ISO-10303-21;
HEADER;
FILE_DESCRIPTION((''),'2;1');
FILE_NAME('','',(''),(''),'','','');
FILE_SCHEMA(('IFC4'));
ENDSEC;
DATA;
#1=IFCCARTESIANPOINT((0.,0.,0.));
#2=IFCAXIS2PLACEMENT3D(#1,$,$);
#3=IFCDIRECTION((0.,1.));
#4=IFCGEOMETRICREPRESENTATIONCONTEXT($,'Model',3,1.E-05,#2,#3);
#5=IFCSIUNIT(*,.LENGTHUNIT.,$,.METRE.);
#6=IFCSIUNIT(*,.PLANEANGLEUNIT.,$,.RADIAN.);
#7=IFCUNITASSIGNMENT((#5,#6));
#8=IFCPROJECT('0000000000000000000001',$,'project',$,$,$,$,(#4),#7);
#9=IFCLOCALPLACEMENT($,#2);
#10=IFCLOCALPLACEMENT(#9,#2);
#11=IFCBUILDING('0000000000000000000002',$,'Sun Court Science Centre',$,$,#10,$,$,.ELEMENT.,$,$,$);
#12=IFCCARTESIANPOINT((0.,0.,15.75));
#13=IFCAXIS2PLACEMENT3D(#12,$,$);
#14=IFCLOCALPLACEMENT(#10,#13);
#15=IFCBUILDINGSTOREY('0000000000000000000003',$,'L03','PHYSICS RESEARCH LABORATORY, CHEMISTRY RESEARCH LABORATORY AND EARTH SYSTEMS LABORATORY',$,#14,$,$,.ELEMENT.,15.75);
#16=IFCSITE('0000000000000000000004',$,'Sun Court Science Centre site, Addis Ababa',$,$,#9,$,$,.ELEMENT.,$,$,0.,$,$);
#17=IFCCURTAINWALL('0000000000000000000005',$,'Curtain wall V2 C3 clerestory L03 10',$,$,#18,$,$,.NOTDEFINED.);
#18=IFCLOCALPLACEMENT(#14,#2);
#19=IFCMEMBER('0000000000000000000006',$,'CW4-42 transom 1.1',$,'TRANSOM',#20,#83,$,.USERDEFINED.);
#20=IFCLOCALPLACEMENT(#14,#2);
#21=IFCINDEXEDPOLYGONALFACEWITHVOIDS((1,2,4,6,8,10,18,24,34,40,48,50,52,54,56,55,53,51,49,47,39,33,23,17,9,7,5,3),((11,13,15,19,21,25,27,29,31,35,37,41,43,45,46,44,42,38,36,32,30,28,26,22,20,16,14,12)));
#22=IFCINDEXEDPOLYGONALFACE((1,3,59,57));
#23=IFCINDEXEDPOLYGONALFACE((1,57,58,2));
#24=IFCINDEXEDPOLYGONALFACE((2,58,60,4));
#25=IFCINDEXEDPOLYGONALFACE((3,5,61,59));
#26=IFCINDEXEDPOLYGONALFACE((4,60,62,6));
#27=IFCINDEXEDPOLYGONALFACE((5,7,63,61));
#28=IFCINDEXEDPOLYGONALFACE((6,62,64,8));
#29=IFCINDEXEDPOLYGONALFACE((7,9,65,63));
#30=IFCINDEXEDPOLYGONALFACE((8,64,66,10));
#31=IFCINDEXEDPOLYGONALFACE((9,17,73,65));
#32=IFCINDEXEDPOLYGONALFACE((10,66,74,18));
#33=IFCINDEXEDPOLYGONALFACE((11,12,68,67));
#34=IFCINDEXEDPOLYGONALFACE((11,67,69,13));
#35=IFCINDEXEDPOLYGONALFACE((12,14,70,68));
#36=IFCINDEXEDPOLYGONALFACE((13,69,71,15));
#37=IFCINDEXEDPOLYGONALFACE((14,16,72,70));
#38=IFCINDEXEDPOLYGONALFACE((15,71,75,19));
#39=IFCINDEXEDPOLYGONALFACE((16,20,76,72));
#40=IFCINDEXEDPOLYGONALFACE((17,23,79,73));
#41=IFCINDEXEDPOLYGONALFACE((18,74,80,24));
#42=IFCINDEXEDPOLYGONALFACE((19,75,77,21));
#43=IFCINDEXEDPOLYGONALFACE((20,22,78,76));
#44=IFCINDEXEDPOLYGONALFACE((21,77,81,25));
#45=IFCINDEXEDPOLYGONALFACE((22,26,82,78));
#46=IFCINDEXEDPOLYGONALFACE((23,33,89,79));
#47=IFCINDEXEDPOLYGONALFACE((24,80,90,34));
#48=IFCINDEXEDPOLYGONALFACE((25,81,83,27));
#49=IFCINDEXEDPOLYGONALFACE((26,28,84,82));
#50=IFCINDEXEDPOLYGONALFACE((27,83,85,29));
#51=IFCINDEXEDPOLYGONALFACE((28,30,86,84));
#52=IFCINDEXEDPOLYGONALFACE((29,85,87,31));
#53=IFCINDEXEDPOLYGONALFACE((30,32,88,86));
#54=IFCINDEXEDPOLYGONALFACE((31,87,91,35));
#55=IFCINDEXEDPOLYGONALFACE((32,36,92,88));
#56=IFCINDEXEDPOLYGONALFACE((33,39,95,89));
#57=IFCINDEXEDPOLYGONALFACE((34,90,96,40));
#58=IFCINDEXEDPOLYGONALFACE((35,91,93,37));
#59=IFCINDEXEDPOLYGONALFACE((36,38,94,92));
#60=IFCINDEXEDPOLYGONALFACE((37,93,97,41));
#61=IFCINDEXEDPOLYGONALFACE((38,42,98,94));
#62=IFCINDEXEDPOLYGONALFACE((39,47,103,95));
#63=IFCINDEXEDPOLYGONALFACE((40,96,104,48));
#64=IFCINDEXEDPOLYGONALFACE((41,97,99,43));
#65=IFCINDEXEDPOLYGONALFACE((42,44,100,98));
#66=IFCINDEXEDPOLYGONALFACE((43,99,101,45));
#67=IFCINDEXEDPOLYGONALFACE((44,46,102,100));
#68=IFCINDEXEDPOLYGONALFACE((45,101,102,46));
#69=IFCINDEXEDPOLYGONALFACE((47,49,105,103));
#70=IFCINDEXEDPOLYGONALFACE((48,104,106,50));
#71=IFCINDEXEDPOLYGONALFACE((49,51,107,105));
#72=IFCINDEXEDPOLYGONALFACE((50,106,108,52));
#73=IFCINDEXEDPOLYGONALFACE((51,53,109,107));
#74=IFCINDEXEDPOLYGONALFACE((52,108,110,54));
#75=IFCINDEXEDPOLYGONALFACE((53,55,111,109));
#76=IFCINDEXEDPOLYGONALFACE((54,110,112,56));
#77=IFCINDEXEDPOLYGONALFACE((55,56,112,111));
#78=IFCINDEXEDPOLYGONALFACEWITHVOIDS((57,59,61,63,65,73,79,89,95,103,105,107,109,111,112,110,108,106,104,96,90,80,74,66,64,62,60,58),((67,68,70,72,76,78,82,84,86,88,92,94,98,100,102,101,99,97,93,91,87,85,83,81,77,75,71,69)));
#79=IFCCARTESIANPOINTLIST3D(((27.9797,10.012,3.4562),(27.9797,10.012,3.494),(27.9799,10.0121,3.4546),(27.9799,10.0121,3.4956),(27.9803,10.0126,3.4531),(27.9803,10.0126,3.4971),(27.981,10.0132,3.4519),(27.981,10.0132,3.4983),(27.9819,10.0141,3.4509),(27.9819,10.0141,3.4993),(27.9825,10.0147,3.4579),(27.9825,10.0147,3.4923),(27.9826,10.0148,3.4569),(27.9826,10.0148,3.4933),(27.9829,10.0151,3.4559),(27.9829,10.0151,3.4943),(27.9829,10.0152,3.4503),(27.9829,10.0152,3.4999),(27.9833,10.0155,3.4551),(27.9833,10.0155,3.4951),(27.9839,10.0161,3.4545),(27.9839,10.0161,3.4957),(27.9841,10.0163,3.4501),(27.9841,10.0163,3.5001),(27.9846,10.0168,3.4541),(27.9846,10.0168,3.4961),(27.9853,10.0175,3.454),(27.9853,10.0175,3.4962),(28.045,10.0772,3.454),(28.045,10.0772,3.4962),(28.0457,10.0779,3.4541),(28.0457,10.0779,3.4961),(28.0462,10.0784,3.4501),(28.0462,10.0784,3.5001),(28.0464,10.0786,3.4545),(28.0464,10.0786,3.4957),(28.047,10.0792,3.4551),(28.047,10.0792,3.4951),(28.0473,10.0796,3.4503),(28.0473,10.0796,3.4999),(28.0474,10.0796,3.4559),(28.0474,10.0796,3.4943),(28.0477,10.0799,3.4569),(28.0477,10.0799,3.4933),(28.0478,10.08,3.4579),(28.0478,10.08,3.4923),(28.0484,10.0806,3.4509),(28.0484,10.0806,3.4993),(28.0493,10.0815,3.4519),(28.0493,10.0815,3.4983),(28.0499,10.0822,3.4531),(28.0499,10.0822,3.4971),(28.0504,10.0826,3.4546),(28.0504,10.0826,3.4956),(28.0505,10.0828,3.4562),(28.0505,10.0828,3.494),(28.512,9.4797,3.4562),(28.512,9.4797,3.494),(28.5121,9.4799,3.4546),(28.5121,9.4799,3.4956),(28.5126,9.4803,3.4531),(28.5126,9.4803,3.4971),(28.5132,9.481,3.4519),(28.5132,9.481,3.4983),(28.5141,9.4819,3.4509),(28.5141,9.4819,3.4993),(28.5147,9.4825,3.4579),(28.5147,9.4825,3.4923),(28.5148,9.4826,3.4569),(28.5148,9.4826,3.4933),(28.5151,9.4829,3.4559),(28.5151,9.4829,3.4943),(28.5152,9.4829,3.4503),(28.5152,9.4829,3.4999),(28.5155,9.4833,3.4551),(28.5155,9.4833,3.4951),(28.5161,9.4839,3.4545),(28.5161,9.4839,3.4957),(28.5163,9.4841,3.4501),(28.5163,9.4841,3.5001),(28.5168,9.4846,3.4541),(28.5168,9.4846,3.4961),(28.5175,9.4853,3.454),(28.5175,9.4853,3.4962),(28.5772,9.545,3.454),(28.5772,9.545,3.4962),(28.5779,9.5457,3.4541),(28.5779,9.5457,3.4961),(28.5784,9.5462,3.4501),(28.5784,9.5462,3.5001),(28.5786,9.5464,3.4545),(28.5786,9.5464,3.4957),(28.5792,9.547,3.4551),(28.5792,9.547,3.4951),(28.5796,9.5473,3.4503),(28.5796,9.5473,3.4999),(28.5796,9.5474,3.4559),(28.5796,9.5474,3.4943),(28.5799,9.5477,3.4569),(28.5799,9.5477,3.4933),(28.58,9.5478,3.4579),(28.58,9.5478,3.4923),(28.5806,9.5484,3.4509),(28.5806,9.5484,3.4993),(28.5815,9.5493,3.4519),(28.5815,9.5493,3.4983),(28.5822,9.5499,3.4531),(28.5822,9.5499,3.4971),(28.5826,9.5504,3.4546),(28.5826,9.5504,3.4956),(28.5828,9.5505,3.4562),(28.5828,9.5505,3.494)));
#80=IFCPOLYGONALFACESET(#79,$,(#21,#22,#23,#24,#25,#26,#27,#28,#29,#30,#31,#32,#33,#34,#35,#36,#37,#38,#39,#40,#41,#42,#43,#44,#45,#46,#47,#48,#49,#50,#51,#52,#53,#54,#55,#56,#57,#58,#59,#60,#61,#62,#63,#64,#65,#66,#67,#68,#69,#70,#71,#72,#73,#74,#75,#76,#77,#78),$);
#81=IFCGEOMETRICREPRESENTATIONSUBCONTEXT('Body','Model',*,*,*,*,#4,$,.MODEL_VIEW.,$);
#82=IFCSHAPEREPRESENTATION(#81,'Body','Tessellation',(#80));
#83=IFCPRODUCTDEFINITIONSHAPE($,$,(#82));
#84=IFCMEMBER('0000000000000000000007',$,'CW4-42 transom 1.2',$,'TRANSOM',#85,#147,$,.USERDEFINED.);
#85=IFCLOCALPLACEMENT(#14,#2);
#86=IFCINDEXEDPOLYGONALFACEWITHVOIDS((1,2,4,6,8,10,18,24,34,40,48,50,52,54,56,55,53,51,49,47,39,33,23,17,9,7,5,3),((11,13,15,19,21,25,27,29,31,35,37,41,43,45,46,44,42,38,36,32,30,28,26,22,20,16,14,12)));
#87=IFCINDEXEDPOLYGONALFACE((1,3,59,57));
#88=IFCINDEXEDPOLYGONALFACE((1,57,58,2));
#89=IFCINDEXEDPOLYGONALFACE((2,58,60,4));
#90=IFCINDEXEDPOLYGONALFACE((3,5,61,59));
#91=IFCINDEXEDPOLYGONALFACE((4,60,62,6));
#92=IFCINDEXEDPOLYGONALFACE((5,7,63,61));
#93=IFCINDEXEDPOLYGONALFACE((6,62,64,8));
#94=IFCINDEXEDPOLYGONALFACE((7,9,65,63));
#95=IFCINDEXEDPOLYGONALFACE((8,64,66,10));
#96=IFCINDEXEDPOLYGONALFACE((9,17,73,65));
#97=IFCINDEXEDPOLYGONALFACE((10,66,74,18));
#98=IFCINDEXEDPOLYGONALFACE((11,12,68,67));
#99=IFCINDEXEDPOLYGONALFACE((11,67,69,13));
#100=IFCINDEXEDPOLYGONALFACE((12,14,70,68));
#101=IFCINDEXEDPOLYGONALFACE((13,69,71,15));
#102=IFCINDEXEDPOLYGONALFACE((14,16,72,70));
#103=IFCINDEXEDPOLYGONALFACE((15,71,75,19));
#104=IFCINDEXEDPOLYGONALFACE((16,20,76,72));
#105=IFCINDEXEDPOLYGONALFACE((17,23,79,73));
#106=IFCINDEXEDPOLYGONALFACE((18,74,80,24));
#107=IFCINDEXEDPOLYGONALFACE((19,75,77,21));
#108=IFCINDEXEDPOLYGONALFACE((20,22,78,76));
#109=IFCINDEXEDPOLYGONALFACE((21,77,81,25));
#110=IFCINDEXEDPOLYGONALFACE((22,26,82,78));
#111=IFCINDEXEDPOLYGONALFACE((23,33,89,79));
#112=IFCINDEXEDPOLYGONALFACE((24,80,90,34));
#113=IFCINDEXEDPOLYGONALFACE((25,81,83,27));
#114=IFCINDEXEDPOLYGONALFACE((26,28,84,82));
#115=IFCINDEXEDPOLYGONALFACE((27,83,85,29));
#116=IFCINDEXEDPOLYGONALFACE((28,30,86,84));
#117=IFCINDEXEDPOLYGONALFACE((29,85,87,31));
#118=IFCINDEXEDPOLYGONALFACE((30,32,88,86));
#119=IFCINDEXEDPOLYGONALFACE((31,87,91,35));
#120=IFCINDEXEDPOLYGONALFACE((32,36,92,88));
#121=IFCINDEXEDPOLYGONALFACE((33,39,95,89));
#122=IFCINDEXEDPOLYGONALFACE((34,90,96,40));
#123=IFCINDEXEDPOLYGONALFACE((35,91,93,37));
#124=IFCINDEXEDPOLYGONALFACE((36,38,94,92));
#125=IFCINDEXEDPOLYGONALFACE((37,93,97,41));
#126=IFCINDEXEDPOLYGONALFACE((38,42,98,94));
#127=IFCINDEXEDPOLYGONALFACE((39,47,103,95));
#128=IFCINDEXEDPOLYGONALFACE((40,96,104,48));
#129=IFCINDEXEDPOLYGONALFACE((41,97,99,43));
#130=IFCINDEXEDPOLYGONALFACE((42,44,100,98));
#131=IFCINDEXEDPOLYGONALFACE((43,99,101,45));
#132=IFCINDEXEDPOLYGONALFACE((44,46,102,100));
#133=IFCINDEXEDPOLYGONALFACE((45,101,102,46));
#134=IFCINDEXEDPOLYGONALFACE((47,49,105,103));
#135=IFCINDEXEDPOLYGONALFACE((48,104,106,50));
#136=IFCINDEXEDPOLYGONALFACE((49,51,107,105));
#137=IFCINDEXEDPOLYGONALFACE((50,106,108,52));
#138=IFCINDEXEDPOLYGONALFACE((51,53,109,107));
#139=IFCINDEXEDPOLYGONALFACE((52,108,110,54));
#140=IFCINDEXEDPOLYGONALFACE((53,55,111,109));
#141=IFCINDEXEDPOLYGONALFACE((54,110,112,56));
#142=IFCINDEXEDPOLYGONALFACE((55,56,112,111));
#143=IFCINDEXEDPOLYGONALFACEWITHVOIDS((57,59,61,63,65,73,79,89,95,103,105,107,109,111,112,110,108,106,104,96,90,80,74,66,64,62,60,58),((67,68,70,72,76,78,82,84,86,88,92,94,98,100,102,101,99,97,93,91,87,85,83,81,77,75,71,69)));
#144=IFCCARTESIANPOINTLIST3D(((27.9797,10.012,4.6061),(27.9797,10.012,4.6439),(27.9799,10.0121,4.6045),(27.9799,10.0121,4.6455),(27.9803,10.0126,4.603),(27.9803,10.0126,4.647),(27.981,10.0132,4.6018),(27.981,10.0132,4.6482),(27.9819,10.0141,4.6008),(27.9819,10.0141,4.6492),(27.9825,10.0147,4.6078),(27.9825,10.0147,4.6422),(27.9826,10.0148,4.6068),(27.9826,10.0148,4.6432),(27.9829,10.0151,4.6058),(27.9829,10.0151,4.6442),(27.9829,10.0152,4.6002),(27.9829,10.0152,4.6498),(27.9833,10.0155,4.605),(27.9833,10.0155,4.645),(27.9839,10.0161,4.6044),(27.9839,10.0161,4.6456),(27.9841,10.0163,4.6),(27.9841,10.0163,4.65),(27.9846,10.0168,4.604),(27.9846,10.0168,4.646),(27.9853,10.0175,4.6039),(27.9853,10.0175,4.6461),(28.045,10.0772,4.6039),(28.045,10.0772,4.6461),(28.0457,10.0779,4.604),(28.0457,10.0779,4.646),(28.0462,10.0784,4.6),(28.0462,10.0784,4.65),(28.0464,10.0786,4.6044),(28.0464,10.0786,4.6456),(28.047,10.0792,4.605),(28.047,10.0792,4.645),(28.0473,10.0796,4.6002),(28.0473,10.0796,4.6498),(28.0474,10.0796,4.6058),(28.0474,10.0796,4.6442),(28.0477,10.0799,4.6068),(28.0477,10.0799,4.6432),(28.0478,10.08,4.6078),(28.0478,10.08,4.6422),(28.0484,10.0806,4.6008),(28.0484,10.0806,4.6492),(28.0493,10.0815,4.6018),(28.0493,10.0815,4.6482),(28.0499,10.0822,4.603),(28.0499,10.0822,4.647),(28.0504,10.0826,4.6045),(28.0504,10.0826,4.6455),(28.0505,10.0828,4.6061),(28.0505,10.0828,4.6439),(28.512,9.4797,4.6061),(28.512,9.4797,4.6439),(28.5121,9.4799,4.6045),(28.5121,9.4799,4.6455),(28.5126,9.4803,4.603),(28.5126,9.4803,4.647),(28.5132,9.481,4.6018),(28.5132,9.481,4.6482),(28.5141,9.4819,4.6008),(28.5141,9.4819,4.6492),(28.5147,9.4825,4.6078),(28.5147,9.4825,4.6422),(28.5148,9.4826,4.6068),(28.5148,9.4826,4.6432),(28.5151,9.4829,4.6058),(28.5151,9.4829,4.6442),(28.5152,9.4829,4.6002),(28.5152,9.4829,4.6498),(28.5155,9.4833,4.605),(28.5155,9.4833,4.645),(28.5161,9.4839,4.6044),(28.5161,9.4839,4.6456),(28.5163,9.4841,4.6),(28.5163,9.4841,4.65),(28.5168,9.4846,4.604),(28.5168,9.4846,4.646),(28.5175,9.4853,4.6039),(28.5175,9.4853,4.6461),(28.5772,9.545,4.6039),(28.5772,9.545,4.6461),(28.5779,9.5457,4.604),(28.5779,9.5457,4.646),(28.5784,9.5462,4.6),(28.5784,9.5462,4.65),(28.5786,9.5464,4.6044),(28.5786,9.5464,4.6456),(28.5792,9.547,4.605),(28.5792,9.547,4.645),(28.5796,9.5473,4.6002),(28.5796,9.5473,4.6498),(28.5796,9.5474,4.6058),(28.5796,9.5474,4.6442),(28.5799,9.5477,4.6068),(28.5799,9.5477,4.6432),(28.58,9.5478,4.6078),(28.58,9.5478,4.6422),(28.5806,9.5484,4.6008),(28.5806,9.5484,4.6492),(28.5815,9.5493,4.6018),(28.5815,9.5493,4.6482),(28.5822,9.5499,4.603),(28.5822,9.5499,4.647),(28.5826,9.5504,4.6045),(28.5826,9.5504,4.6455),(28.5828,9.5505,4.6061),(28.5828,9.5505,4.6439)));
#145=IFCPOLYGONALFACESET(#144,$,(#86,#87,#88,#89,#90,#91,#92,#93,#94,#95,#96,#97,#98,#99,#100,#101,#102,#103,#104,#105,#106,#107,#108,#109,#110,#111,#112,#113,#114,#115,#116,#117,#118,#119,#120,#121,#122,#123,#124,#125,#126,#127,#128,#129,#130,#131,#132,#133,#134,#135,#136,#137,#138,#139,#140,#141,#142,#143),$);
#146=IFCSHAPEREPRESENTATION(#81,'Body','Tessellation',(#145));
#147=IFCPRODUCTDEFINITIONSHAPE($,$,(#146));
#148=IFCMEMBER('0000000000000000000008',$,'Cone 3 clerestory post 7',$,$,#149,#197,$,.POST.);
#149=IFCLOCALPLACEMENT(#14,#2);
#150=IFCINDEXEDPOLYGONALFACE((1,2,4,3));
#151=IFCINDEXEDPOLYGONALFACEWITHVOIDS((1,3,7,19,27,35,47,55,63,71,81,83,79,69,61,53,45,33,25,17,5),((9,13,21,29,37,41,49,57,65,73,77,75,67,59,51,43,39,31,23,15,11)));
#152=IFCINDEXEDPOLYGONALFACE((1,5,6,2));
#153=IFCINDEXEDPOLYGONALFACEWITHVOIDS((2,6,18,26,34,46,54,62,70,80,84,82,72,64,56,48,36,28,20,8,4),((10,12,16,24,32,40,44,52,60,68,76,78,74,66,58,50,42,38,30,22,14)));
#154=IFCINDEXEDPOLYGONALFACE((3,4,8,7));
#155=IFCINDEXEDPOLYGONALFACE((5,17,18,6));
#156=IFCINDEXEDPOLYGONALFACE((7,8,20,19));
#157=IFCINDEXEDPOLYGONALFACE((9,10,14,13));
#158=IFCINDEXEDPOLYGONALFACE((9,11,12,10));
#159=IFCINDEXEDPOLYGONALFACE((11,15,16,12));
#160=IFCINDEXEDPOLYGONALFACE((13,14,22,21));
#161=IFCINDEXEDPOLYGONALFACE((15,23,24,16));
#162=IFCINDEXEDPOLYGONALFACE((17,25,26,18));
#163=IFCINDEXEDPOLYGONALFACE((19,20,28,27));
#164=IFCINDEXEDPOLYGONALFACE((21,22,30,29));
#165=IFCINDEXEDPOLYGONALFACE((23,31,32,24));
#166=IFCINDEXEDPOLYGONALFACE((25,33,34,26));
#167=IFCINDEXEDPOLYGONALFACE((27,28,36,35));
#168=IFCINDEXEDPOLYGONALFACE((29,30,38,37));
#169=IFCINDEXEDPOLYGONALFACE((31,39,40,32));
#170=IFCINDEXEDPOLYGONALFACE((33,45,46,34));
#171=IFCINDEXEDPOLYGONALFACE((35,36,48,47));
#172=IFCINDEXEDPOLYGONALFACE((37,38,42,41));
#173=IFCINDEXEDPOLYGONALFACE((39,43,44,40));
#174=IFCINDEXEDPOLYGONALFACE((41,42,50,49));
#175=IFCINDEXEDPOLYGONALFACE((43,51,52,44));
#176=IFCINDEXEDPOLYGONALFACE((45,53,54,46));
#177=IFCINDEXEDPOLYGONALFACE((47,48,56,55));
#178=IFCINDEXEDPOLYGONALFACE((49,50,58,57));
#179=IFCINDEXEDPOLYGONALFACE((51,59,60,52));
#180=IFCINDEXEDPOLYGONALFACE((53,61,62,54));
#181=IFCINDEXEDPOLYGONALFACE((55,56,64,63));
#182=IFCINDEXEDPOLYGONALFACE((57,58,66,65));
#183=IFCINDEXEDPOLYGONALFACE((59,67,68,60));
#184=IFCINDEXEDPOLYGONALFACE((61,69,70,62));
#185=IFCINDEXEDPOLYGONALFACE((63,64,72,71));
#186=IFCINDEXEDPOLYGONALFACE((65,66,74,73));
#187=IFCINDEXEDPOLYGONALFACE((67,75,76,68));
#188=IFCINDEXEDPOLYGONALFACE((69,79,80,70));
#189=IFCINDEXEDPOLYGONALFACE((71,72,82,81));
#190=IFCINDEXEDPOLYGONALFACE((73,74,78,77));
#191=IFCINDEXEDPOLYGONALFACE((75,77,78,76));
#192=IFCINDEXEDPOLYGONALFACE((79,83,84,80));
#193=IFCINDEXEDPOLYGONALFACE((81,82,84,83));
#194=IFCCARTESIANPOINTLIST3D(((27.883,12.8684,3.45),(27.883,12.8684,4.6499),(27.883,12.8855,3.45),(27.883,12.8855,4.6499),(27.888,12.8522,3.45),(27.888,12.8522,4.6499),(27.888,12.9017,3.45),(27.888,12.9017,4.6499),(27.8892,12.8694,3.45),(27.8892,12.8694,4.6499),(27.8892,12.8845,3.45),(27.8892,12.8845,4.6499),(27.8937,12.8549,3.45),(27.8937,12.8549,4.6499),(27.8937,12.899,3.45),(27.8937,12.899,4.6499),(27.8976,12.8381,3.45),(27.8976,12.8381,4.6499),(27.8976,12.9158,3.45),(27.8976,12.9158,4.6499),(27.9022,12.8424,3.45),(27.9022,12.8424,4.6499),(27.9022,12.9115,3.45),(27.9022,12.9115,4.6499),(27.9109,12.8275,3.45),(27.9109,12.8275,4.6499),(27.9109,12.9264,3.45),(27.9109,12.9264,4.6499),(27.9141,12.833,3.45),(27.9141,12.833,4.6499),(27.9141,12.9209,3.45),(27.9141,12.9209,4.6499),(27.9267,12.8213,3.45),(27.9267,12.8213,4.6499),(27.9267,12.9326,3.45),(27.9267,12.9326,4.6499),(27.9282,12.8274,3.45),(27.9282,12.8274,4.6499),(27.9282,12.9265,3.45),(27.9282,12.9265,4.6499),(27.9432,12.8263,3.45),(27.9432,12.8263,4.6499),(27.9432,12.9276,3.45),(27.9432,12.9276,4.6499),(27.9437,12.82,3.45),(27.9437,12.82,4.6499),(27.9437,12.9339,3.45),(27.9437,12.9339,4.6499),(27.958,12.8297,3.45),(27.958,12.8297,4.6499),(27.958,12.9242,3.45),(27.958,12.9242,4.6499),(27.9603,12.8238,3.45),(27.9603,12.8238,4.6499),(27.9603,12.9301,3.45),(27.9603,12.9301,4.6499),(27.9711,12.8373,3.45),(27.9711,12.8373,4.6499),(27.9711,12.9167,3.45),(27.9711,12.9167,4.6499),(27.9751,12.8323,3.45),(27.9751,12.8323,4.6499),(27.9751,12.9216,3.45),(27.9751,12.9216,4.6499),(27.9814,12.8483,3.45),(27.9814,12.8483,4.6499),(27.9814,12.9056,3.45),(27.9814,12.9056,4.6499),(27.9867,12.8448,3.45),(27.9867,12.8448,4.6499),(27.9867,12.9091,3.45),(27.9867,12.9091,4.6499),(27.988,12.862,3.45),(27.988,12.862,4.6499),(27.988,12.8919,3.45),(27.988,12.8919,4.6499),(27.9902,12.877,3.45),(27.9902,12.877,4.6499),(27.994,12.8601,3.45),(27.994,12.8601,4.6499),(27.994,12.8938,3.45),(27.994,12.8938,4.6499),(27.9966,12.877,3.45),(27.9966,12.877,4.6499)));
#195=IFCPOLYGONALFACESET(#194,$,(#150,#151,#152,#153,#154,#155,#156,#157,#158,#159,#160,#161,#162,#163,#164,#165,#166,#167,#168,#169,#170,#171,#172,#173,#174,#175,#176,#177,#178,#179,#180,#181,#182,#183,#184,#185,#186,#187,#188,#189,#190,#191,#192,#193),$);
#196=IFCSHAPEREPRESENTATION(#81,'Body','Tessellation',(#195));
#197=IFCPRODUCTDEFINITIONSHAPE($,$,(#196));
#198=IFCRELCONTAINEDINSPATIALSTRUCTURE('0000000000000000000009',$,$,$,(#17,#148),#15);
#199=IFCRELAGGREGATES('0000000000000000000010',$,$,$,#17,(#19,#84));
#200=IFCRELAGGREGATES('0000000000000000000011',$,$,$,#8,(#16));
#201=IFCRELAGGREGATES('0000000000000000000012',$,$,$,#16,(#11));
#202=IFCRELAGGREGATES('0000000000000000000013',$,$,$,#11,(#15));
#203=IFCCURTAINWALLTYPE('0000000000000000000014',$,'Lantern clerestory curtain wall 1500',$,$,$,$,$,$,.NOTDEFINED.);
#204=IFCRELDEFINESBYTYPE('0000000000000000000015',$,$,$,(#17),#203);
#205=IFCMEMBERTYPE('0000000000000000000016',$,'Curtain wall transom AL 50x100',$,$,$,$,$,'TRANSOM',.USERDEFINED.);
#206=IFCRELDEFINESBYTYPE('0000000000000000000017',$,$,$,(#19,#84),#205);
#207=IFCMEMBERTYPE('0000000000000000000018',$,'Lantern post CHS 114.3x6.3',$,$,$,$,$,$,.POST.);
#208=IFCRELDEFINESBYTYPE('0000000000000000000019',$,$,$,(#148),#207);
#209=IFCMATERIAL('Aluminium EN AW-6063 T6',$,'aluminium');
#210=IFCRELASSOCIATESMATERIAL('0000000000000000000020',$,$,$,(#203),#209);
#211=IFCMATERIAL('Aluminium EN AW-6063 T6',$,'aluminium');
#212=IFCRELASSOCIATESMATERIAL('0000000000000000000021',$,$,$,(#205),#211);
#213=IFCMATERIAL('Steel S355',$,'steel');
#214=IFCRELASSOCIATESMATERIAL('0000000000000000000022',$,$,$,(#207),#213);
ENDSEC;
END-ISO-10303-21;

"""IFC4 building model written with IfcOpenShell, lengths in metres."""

from ifc_helpers import new_model, si_unit, direction, frame, origin, origin_2d, place, context, subcontext, project, spatial, hollow_rectangle, hollow_circle, extrude, material, material_profile, profile_set, type_object, element, aggregate, save


model = new_model("IFC4")

# Units and contexts
model_context = context("Model", 3, precision=1e-05, world=origin(), true_north=direction((0.0, 1.0)))
body_context = subcontext(model_context, "Body", "Model", "MODEL_VIEW")
ifc_project = project(units=[si_unit("LENGTHUNIT", "METRE"), si_unit("PLANEANGLEUNIT", "RADIAN")], contexts=[model_context])

# Site, building, storey
site_placement = place(None, origin())
site = spatial("IfcSite", under=ifc_project, at=site_placement, Name="Sun Court Science Centre site, Addis Ababa", CompositionType="ELEMENT", RefElevation=0.0)
building_placement = place(site_placement, origin())
building = spatial("IfcBuilding", under=site, at=building_placement, Name="Sun Court Science Centre", CompositionType="ELEMENT")
storey_placement = place(building_placement, frame((0.0, 0.0, 15.75)))
storey = spatial("IfcBuildingStorey", under=building, at=storey_placement, Name="L03", Description="PHYSICS RESEARCH LABORATORY, CHEMISTRY RESEARCH LABORATORY AND EARTH SYSTEMS LABORATORY", CompositionType="ELEMENT", Elevation=15.75)

# Shared definitions
ifc_material_1 = material(Name="Aluminium EN AW-6063 T6", Category="aluminium")
curtain_wall_type = type_object("IfcCurtainWallType", Name="Lantern clerestory curtain wall 1500", PredefinedType="NOTDEFINED", material=ifc_material_1)

# Curtain wall
curtain_wall_1_placement = place(storey_placement, origin())
curtain_wall_1 = element("IfcCurtainWall", 1, at=curtain_wall_1_placement, inside=storey, type_object=curtain_wall_type, Name="Curtain wall V2 C3 clerestory L03 10", PredefinedType="NOTDEFINED")

# Members
ifc_material_2 = material(Name="Aluminium EN AW-6063 T6", Category="aluminium")
ifc_material_profile_1 = material_profile(ifc_material_2, hollow_rectangle(XDim=0.05, YDim=0.1001, WallThickness=0.0039, InnerFilletRadius=0.0039, OuterFilletRadius=0.0061, at=origin_2d()), Name="AL 50x100x4")
ifc_profile_set_1 = profile_set([ifc_material_profile_1], Name="Aluminium EN AW-6063 T6")
member_type_1 = type_object("IfcMemberType", Name="Curtain wall transom AL 50x100", ElementType="TRANSOM", PredefinedType="USERDEFINED", material=ifc_profile_set_1)
member_1_placement = place(storey_placement, frame((28.5474, 9.5151, 3.4751), z_axis=(-0.707107, 0.707107, 0.0), x_axis=(0.0, 0.0, 1.0)))
member_1 = element("IfcMember", 2, at=member_1_placement, type_object=member_type_1, Name="CW4-42 transom 1.1", ObjectType="TRANSOM", PredefinedType="USERDEFINED", context=body_context, shape_type="SweptSolid", body=[
    extrude(hollow_rectangle(XDim=0.05, YDim=0.1001, WallThickness=0.0039, InnerFilletRadius=0.0039, OuterFilletRadius=0.0061, at=origin_2d()), origin(), (0.0, 0.0, 1.0), 0.7527),
])
member_2_placement = place(storey_placement, frame((28.5474, 9.5151, 4.625), z_axis=(-0.707107, 0.707107, 0.0), x_axis=(0.0, 0.0, 1.0)))
member_2 = element("IfcMember", 3, at=member_2_placement, type_object=member_type_1, Name="CW4-42 transom 1.2", ObjectType="TRANSOM", PredefinedType="USERDEFINED", context=body_context, shape_type="SweptSolid", body=[
    extrude(hollow_rectangle(XDim=0.05, YDim=0.1001, WallThickness=0.0039, InnerFilletRadius=0.0039, OuterFilletRadius=0.0061, at=origin_2d()), origin(), (0.0, 0.0, 1.0), 0.7527),
])

# Member
ifc_material_3 = material(Name="Steel S355", Category="steel")
ifc_material_profile_2 = material_profile(ifc_material_3, hollow_circle(Radius=0.0571, WallThickness=0.0063, at=origin_2d()), Name="CHS 114.3x6.3")
ifc_profile_set_2 = profile_set([ifc_material_profile_2], Name="Steel S355")
member_type_2 = type_object("IfcMemberType", Name="Lantern post CHS 114.3x6.3", PredefinedType="POST", material=ifc_profile_set_2)
for number, where, z_axis, x_axis, name in (
    (4, (27.9395, 12.877, 3.45), (0.0, 0.0, 1.0), (1.0, 0.0, 0.0), "Cone 3 clerestory post 7"),
):
    element("IfcMember", number, at=place(storey_placement, frame(where, z_axis=z_axis, x_axis=x_axis)), inside=storey, type_object=member_type_2, Name=name, PredefinedType="POST", context=body_context, shape_type="SweptSolid", body=[
        extrude(hollow_circle(Radius=0.0571, WallThickness=0.0063, at=origin_2d()), origin(), (0.0, 0.0, 1.0), 1.2),
    ])

aggregate(curtain_wall_1, [member_1, member_2])

save(model, "model.ifc")
